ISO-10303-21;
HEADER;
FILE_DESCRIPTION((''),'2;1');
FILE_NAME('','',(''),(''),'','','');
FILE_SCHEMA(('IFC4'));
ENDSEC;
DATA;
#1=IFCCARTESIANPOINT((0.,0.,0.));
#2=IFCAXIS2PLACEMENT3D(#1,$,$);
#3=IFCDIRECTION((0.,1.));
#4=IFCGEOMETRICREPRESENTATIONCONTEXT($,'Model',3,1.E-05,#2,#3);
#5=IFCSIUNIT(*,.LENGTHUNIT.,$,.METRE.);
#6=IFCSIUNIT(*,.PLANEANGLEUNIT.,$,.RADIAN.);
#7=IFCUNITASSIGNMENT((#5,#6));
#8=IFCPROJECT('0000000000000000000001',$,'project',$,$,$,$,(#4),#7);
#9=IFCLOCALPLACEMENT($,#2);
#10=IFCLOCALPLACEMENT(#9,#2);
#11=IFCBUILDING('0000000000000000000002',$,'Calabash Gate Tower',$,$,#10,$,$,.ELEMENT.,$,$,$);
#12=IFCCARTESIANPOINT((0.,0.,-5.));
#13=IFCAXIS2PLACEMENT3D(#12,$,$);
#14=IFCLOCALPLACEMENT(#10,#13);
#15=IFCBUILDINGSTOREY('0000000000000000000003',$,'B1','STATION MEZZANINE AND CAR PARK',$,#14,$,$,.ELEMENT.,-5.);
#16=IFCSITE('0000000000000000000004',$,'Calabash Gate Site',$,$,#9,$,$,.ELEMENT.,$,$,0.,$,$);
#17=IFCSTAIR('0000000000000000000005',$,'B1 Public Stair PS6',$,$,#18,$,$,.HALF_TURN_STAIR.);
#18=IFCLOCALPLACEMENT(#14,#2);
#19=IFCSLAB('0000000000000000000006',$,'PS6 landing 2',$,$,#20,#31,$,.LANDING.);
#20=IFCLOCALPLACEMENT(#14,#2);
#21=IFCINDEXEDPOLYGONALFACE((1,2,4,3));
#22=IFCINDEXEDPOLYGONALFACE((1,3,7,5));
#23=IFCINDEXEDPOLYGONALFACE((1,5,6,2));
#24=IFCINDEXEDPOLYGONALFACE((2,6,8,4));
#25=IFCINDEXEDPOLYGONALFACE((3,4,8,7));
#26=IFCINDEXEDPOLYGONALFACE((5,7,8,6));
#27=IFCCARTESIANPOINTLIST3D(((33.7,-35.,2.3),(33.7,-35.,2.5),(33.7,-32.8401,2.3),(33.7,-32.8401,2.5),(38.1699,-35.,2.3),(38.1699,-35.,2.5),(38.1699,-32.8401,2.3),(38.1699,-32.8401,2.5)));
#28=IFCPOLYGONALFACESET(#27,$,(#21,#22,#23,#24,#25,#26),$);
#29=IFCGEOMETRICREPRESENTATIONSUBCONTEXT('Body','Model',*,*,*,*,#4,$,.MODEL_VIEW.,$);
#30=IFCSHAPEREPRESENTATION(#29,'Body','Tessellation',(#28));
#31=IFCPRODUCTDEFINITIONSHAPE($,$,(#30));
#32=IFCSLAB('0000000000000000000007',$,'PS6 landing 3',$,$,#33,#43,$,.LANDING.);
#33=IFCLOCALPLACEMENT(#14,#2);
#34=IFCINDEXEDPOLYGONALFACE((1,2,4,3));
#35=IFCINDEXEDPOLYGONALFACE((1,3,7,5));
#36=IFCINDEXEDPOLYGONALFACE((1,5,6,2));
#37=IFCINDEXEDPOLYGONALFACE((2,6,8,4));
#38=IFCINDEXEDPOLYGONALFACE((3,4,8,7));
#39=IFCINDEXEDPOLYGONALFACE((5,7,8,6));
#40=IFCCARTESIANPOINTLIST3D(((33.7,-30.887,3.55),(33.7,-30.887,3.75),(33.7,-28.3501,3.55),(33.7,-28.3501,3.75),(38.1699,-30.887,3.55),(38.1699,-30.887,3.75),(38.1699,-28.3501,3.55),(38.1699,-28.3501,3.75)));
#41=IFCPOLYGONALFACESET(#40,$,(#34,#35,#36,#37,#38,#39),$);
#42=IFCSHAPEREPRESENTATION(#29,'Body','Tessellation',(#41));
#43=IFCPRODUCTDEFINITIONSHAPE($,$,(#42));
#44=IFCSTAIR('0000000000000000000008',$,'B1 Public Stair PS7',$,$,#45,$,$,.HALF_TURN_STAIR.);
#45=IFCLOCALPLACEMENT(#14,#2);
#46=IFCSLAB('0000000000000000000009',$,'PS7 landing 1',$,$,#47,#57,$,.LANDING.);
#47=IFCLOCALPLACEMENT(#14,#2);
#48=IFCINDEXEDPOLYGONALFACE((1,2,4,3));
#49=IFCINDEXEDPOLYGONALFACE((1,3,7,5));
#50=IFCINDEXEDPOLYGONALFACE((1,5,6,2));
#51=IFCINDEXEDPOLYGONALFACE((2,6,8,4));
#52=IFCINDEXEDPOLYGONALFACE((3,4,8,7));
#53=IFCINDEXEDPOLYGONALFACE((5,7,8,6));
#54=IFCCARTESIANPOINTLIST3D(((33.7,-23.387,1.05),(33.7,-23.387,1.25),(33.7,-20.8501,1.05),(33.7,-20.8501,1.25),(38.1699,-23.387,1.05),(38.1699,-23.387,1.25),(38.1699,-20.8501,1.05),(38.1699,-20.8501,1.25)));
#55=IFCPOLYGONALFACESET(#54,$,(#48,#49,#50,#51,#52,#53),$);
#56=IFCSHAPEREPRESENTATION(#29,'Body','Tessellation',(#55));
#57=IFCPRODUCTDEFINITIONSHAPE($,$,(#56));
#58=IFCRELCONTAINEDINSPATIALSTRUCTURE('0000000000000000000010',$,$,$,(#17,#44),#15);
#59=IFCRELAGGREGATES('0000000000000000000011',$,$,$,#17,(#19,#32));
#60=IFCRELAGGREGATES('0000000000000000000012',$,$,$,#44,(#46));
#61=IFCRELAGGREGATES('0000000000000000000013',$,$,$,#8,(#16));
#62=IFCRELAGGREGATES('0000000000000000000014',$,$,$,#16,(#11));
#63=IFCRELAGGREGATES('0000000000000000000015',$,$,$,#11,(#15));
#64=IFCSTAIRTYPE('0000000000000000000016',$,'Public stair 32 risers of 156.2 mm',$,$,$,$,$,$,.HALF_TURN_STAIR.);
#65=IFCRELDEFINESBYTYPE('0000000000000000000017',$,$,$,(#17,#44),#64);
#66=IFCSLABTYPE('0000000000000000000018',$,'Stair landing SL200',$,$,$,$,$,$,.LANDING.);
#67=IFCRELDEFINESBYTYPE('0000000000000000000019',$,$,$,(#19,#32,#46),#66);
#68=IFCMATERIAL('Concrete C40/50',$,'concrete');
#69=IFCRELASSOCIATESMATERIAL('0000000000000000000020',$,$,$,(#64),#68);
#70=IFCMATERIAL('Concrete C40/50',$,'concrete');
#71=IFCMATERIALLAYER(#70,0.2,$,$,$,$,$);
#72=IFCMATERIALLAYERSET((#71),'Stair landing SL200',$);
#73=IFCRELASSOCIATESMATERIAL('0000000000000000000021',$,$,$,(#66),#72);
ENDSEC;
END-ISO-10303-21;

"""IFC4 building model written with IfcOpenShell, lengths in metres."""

from ifc_helpers import new_model, si_unit, direction, frame, origin, place, context, subcontext, project, spatial, polyline, outline, extrude, material, layer, layer_set, type_object, element, aggregate, save


model = new_model("IFC4")

# Units and contexts
model_context = context("Model", 3, precision=1e-05, world=origin(), true_north=direction((0.0, 1.0)))
body_context = subcontext(model_context, "Body", "Model", "MODEL_VIEW")
ifc_project = project(units=[si_unit("LENGTHUNIT", "METRE"), si_unit("PLANEANGLEUNIT", "RADIAN")], contexts=[model_context])

# Site, building, storey
site_placement = place(None, origin())
site = spatial("IfcSite", under=ifc_project, at=site_placement, Name="Calabash Gate Site", CompositionType="ELEMENT", RefElevation=0.0)
building_placement = place(site_placement, origin())
building = spatial("IfcBuilding", under=site, at=building_placement, Name="Calabash Gate Tower", CompositionType="ELEMENT")
storey_placement = place(building_placement, frame((0.0, 0.0, -5.0)))
storey = spatial("IfcBuildingStorey", under=building, at=storey_placement, Name="B1", Description="STATION MEZZANINE AND CAR PARK", CompositionType="ELEMENT", Elevation=-5.0)

# Stair, slabs
ifc_material_1 = material(Name="Concrete C40/50", Category="concrete")
stair_type = type_object("IfcStairType", Name="Public stair 32 risers of 156.2 mm", PredefinedType="HALF_TURN_STAIR", material=ifc_material_1)
ifc_material_2 = material(Name="Concrete C40/50", Category="concrete")
ifc_layer = layer(ifc_material_2, 0.2)
ifc_layer_set = layer_set([ifc_layer], Name="Stair landing SL200")
slab_type = type_object("IfcSlabType", Name="Stair landing SL200", PredefinedType="LANDING", material=ifc_layer_set)
stair_1_placement = place(storey_placement, origin())
stair_1 = element("IfcStair", 1, at=stair_1_placement, inside=storey, type_object=stair_type, Name="B1 Public Stair PS6", PredefinedType="HALF_TURN_STAIR")
slab_1_placement = place(storey_placement, frame((0.0, 0.0, 2.3)))
slab_1 = element("IfcSlab", 2, at=slab_1_placement, type_object=slab_type, Name="PS6 landing 2", PredefinedType="LANDING", context=body_context, shape_type="SweptSolid", body=[
    extrude(outline(polyline([(38.1699, -35.0), (38.1699, -32.8401), (33.7, -32.8401), (33.7, -35.0), (38.1699, -35.0)])), origin(), (0.0, 0.0, 1.0), 0.2),
])
slab_2_placement = place(storey_placement, frame((0.0, 0.0, 3.55)))
slab_2 = element("IfcSlab", 3, at=slab_2_placement, type_object=slab_type, Name="PS6 landing 3", PredefinedType="LANDING", context=body_context, shape_type="SweptSolid", body=[
    extrude(outline(polyline([(38.1699, -30.887), (38.1699, -28.3501), (33.7, -28.3501), (33.7, -30.887), (38.1699, -30.887)])), origin(), (0.0, 0.0, 1.0), 0.2),
])
aggregate(stair_1, [slab_1, slab_2])

# Stair, slab
stair_2_placement = place(storey_placement, origin())
stair_2 = element("IfcStair", 4, at=stair_2_placement, inside=storey, type_object=stair_type, Name="B1 Public Stair PS7", PredefinedType="HALF_TURN_STAIR")
slab_3_placement = place(storey_placement, frame((0.0, 0.0, 1.05)))
slab_3 = element("IfcSlab", 5, at=slab_3_placement, type_object=slab_type, Name="PS7 landing 1", PredefinedType="LANDING", context=body_context, shape_type="SweptSolid", body=[
    extrude(outline(polyline([(38.1699, -23.387), (38.1699, -20.8501), (33.7, -20.8501), (33.7, -23.387), (38.1699, -23.387)])), origin(), (0.0, 0.0, 1.0), 0.2),
])
aggregate(stair_2, [slab_3])

save(model, "model.ifc")
